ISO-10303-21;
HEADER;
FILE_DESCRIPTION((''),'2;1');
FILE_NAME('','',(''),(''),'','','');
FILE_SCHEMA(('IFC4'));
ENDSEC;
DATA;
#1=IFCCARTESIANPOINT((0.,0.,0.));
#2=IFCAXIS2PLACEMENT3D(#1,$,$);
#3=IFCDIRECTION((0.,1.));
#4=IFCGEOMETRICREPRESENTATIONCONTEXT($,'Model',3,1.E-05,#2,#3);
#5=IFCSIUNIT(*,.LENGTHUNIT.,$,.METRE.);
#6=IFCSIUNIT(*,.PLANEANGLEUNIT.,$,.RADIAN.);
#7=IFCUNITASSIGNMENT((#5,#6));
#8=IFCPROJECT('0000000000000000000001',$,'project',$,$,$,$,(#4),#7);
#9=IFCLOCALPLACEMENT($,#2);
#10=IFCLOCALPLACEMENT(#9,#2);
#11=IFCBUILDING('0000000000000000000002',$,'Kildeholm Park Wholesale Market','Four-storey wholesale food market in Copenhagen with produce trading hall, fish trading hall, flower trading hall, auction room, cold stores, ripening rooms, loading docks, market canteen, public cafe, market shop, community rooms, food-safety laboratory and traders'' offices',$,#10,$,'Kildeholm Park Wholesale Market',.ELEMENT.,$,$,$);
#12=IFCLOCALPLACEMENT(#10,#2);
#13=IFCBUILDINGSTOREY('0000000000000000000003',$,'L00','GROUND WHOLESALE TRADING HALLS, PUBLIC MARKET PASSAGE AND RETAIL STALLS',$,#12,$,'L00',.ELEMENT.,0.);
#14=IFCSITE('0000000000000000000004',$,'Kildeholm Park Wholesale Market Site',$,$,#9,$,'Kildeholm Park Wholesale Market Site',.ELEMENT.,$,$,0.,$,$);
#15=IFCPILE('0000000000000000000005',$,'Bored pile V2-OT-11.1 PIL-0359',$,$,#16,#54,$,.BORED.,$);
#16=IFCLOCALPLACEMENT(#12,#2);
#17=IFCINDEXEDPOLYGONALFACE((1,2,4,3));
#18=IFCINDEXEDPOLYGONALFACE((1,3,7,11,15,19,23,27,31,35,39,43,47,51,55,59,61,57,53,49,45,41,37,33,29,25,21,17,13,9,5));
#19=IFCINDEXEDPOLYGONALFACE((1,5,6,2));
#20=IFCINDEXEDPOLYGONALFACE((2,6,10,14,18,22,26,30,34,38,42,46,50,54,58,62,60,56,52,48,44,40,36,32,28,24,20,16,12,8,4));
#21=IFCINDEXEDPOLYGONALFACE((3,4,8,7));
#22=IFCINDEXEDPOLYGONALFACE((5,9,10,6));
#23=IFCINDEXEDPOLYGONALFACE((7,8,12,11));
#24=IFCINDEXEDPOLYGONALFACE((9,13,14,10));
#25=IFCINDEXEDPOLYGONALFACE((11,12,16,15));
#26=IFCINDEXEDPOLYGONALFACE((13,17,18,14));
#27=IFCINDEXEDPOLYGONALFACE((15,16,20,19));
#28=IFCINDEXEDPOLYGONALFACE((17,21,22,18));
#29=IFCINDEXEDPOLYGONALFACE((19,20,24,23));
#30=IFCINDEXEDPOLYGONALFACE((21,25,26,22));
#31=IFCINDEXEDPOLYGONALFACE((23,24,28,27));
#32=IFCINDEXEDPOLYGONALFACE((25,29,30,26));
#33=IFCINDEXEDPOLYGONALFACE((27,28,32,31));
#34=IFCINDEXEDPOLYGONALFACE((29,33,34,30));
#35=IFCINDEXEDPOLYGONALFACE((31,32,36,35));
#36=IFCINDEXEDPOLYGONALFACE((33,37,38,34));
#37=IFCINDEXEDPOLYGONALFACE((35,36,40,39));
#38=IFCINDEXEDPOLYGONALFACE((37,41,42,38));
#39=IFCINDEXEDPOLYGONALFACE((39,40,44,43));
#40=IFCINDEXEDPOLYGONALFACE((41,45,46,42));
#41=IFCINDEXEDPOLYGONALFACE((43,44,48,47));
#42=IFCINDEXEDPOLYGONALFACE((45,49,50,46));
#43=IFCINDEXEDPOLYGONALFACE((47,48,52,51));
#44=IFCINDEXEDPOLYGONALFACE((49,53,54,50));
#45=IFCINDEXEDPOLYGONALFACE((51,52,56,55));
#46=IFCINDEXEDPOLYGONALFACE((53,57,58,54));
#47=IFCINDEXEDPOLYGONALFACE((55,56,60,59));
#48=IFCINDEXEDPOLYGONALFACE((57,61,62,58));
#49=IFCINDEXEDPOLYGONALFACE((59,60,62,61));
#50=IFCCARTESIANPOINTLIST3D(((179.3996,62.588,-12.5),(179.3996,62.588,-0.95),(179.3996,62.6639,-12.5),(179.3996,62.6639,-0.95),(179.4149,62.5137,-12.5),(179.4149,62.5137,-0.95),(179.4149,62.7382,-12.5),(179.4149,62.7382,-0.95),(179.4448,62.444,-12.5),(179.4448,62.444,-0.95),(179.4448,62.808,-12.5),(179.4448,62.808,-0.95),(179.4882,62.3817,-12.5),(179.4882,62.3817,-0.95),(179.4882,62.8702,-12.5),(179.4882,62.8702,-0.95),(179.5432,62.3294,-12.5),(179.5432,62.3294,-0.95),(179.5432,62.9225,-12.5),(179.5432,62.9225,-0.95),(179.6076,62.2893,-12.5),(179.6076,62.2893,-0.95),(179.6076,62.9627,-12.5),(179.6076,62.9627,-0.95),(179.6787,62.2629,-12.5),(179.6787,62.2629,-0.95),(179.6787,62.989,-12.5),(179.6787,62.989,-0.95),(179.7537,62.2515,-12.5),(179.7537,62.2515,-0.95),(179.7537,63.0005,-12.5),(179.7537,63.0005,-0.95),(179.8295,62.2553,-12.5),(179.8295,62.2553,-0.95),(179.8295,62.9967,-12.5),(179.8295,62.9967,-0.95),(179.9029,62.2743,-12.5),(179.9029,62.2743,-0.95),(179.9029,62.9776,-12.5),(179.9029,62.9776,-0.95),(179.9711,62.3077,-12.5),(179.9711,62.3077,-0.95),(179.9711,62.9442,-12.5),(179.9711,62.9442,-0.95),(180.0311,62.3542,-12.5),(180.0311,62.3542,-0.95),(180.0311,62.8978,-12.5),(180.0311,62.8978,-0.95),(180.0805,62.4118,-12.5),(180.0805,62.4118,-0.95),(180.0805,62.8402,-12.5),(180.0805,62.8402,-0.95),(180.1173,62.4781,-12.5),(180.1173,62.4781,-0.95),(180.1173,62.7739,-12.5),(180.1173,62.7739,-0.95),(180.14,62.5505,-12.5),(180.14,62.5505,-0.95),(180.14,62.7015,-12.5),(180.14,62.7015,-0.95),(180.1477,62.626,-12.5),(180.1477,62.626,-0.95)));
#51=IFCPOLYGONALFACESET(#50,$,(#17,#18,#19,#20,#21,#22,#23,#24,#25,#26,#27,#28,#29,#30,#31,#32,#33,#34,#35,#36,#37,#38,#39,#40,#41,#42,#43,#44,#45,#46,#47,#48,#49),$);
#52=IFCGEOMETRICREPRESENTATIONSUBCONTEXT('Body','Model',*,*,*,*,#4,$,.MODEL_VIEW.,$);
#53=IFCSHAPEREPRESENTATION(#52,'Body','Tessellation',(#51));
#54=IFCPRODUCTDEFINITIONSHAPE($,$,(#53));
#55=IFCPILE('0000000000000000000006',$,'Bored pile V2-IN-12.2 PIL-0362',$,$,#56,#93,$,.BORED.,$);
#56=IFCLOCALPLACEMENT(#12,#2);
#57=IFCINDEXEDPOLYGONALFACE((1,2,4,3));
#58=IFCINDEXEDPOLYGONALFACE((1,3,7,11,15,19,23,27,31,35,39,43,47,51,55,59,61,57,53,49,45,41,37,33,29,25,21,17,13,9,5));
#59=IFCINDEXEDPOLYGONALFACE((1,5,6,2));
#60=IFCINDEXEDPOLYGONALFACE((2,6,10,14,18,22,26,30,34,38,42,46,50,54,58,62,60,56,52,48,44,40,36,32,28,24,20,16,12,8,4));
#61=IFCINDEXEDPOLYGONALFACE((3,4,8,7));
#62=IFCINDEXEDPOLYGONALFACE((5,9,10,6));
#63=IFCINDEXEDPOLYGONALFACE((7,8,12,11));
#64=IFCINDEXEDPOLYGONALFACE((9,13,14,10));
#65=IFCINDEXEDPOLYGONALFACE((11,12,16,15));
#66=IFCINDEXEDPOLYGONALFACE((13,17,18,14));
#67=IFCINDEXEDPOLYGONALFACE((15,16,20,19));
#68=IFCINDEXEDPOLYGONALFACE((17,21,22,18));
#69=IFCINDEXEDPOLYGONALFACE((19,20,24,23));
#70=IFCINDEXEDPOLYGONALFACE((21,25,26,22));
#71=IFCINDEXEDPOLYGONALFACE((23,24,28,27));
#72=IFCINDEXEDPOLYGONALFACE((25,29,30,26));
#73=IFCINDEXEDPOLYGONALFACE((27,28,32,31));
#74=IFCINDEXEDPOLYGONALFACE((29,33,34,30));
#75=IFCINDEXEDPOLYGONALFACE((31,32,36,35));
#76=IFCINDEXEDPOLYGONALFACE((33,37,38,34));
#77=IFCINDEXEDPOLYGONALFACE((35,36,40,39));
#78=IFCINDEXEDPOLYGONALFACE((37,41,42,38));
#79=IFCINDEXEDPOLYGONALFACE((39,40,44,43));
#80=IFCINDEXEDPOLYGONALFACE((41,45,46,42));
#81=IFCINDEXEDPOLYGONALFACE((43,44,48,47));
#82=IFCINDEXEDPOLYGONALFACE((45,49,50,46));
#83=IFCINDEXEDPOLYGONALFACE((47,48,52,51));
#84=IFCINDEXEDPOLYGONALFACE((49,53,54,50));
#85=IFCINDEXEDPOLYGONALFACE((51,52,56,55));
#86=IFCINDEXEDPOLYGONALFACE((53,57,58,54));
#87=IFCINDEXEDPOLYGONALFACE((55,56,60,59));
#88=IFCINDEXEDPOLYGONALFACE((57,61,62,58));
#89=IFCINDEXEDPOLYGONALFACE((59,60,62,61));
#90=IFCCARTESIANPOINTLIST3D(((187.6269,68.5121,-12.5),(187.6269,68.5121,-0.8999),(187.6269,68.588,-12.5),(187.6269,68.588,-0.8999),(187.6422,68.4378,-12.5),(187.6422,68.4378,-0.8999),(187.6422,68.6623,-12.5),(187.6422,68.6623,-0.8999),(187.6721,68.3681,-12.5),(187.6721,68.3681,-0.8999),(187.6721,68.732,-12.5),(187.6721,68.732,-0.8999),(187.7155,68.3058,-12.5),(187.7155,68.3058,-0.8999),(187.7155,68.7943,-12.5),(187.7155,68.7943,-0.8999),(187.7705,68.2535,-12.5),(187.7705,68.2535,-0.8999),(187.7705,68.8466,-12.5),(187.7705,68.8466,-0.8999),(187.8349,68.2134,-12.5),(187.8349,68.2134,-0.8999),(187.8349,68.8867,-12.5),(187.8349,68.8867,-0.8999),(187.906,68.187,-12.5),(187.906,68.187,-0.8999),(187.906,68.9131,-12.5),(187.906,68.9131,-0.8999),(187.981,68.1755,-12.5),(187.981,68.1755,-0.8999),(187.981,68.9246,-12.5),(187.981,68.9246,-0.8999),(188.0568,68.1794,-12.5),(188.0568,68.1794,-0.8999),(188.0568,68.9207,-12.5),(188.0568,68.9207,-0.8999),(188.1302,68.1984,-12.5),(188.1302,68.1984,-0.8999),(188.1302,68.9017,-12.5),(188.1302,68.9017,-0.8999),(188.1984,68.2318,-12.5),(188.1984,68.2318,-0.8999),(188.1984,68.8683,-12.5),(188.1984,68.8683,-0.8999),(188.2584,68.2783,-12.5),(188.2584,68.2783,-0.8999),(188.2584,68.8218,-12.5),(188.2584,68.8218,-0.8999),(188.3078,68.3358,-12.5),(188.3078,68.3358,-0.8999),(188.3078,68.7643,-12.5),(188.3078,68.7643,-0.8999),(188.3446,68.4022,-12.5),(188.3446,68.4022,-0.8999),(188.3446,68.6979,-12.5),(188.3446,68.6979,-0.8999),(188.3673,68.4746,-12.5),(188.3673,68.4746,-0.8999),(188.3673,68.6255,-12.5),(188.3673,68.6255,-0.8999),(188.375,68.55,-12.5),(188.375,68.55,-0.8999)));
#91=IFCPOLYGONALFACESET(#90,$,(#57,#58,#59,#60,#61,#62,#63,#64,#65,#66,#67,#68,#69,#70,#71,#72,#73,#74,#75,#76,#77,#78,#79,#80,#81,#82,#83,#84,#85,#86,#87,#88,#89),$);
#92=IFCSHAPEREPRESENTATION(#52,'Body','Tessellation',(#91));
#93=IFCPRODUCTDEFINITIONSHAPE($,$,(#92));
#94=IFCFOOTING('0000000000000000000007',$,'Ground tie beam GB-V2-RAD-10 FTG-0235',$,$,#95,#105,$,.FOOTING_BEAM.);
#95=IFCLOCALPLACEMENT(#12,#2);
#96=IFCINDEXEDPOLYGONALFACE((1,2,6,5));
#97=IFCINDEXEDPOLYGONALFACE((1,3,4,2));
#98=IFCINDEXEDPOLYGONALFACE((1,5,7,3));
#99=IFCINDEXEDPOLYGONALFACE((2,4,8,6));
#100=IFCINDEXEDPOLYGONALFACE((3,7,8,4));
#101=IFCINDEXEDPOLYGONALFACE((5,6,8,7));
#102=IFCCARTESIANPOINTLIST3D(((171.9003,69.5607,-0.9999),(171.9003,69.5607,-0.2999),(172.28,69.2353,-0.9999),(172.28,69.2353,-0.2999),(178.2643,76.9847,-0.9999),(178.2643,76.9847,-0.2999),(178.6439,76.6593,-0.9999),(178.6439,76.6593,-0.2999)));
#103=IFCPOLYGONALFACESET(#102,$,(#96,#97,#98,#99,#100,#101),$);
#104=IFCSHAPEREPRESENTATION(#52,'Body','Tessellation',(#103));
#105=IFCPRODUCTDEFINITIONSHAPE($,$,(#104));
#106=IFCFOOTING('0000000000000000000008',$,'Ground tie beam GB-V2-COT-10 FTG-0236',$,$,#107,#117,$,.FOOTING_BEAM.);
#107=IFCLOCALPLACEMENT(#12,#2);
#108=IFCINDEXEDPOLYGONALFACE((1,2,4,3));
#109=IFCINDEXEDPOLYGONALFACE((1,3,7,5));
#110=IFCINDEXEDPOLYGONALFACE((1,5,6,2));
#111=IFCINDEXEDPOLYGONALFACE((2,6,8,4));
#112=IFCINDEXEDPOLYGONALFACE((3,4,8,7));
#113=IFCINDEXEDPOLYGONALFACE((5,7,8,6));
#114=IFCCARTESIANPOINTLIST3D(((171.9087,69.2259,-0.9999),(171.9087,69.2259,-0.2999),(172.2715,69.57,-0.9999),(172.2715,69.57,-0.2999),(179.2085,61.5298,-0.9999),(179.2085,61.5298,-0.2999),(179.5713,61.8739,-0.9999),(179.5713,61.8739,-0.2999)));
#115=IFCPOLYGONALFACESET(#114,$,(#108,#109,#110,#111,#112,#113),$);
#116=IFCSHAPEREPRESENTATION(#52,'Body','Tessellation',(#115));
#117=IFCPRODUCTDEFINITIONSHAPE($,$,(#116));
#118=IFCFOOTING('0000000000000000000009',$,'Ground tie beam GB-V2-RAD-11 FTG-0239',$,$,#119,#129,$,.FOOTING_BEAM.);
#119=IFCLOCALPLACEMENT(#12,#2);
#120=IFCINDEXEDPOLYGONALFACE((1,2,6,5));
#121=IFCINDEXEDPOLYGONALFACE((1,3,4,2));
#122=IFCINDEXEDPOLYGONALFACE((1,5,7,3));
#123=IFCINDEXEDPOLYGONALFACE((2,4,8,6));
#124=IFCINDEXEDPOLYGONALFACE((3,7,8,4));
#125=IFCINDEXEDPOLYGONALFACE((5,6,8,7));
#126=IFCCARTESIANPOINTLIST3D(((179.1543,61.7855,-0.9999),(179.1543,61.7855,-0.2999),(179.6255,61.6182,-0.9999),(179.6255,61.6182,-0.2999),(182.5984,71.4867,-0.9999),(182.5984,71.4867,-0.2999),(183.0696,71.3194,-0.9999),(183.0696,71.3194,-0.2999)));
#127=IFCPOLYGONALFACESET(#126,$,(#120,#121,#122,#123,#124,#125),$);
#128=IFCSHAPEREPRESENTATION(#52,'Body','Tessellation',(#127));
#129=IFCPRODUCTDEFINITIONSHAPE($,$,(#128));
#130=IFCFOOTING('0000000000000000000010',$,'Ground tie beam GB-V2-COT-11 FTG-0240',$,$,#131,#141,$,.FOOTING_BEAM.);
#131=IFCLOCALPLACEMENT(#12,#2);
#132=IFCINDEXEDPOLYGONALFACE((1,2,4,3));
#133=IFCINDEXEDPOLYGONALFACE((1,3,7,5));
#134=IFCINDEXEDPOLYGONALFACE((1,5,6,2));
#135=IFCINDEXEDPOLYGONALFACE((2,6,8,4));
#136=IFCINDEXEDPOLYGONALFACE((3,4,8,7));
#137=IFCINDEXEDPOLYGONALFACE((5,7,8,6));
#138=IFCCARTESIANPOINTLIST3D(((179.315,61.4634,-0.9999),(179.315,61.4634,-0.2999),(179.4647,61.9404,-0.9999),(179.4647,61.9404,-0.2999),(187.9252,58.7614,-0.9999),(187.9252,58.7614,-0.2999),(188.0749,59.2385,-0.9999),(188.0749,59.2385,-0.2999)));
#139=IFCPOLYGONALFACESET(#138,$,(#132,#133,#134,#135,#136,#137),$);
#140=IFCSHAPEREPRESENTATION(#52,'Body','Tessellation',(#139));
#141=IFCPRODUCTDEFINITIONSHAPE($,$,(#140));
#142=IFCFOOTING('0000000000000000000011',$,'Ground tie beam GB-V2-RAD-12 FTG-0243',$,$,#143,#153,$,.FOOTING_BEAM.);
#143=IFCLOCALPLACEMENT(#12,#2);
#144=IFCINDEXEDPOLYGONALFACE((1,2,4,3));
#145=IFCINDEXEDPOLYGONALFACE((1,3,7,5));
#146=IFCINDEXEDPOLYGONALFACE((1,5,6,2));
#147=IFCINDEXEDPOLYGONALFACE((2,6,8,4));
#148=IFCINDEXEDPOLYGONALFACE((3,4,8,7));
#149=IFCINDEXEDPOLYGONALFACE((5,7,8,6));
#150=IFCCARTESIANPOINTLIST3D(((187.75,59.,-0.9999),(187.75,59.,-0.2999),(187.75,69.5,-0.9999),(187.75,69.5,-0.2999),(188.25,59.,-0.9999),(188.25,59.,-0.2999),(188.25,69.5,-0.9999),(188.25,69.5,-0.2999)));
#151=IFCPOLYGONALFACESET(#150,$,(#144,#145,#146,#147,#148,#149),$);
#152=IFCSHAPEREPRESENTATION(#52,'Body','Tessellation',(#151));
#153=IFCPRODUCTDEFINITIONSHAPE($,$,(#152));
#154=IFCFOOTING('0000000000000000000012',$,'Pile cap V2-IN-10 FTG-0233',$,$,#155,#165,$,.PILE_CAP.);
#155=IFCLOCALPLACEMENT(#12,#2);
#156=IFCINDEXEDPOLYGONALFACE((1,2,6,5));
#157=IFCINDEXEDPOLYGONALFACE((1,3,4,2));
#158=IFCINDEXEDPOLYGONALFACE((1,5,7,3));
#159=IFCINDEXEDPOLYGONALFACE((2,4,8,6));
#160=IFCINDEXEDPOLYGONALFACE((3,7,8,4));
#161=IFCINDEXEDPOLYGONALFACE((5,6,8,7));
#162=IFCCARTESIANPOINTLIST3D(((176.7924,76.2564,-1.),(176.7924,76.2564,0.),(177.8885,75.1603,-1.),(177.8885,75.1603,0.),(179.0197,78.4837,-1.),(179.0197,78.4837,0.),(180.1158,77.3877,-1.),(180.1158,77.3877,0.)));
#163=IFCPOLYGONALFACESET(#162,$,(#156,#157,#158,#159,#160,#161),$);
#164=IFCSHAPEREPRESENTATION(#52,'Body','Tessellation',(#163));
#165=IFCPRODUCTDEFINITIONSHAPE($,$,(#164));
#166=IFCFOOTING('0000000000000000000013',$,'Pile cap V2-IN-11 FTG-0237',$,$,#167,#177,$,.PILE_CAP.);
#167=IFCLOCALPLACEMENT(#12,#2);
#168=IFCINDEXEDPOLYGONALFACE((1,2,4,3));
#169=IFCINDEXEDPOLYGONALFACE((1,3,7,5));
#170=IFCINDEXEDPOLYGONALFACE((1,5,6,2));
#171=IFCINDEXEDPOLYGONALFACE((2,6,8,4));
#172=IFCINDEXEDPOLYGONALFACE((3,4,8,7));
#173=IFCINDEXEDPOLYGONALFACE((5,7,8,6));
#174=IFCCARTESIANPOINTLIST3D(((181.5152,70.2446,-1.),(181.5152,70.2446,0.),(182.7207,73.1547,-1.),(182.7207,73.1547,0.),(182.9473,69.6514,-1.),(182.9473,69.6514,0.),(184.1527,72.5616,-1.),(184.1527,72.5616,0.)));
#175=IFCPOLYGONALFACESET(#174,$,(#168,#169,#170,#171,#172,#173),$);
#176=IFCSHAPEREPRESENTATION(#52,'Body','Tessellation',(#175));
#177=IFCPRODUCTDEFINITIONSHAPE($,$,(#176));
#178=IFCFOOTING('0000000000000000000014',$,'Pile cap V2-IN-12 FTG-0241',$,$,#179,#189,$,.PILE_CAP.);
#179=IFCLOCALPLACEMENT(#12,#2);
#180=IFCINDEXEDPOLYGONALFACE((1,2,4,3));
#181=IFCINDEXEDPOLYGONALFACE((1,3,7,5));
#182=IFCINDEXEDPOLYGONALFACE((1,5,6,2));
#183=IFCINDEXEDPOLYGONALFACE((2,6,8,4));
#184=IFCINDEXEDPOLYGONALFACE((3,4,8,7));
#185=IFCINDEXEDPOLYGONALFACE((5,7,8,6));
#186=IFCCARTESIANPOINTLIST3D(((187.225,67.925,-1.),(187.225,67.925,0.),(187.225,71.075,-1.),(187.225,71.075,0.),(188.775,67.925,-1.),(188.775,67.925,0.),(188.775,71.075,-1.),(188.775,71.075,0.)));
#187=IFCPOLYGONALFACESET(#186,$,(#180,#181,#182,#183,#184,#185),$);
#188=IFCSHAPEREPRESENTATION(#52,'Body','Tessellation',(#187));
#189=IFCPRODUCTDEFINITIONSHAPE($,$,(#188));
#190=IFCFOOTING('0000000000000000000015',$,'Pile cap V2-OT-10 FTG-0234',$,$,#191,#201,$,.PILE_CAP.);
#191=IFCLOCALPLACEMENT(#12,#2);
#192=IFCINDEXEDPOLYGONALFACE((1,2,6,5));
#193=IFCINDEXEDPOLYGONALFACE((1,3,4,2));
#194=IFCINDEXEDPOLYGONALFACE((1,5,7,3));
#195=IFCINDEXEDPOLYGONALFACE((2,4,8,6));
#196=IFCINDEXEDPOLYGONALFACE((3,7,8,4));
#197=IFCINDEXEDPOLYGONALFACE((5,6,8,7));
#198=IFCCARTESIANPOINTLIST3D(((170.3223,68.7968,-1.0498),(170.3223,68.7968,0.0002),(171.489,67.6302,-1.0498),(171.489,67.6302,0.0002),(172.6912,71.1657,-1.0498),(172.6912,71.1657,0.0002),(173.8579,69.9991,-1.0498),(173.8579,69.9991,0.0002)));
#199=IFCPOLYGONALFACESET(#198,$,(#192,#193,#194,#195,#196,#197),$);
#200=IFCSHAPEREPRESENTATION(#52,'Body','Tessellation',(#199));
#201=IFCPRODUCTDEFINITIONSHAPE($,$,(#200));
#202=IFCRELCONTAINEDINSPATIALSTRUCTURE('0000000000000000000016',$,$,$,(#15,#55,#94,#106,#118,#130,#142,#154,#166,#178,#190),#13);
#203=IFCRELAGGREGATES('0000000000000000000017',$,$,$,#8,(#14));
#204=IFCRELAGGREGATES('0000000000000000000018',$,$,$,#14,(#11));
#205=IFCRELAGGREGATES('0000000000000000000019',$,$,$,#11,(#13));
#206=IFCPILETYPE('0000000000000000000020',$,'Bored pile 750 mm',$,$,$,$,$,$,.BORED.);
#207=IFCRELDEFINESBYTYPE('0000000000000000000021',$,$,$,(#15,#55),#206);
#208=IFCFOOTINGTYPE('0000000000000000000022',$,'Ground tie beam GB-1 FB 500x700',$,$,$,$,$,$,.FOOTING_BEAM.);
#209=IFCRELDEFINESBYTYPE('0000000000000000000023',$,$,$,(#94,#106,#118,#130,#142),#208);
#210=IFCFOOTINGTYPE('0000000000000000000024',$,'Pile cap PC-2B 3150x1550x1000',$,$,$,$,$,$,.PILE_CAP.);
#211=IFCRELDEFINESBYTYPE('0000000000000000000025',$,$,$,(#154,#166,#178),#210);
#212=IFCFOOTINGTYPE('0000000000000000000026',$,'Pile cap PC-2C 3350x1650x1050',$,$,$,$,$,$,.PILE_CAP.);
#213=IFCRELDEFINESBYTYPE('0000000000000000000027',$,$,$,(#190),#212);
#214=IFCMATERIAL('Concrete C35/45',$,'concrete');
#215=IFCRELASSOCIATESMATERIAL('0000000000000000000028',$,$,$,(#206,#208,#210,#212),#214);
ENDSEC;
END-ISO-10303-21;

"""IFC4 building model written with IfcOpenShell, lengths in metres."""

from ifc_helpers import new_model, si_unit, direction, frame, origin, origin_2d, place, context, subcontext, project, spatial, rectangle, circle, extrude, material, material_profile, profile_set, type_object, element, save


model = new_model("IFC4")

# Units and contexts
model_context = context("Model", 3, precision=1e-05, world=origin(), true_north=direction((0.0, 1.0)))
body_context = subcontext(model_context, "Body", "Model", "MODEL_VIEW")
ifc_project = project(units=[si_unit("LENGTHUNIT", "METRE"), si_unit("PLANEANGLEUNIT", "RADIAN")], contexts=[model_context])

# Site, building, storey
site_placement = place(None, origin())
site = spatial("IfcSite", under=ifc_project, at=site_placement, Name="Kildeholm Park Wholesale Market Site", LongName="Kildeholm Park Wholesale Market Site", CompositionType="ELEMENT", RefElevation=0.0)
building_placement = place(site_placement, origin())
building = spatial("IfcBuilding", under=site, at=building_placement, Name="Kildeholm Park Wholesale Market", Description="Four-storey wholesale food market in Copenhagen with produce trading hall, fish trading hall, flower trading hall, auction room, cold stores, ripening rooms, loading docks, market canteen, public cafe, market shop, community rooms, food-safety laboratory and traders' offices", LongName="Kildeholm Park Wholesale Market", CompositionType="ELEMENT")
storey_placement = place(building_placement, origin())
storey = spatial("IfcBuildingStorey", under=building, at=storey_placement, Name="L00", Description="GROUND WHOLESALE TRADING HALLS, PUBLIC MARKET PASSAGE AND RETAIL STALLS", LongName="L00", CompositionType="ELEMENT", Elevation=0.0)

# Piles
ifc_material_1 = material(Name="Concrete C35/45", Category="concrete")
ifc_material_profile_1 = material_profile(ifc_material_1, circle(Radius=0.375, at=origin_2d()), Name="PILE D750")
ifc_profile_set_1 = profile_set([ifc_material_profile_1], Name="Concrete C35/45")
pile_type = type_object("IfcPileType", Name="Bored pile 750 mm", PredefinedType="BORED", material=ifc_profile_set_1)
pile_1_placement = place(storey_placement, frame((179.7727, 62.626, -0.95), z_axis=(0.0, 0.0, -1.0), x_axis=(1.0, 0.0, 0.0)))
element("IfcPile", 1, at=pile_1_placement, inside=storey, type_object=pile_type, Name="Bored pile V2-OT-11.1 PIL-0359", PredefinedType="BORED", context=body_context, shape_type="SweptSolid", body=[
    extrude(circle(Radius=0.375, at=origin_2d()), origin(), (0.0, 0.0, 1.0), 11.55),
])
pile_2_placement = place(storey_placement, frame((188.0, 68.55, -0.8999), z_axis=(0.0, 0.0, -1.0), x_axis=(1.0, 0.0, 0.0)))
element("IfcPile", 2, at=pile_2_placement, inside=storey, type_object=pile_type, Name="Bored pile V2-IN-12.2 PIL-0362", PredefinedType="BORED", context=body_context, shape_type="SweptSolid", body=[
    extrude(circle(Radius=0.375, at=origin_2d()), origin(), (0.0, 0.0, 1.0), 11.6001),
])

# Footings
ifc_material_profile_2 = material_profile(ifc_material_1, rectangle(XDim=0.5, YDim=0.7, at=origin_2d()), Name="FB 500x700")
ifc_profile_set_2 = profile_set([ifc_material_profile_2], Name="Concrete C35/45")
footing_type_1 = type_object("IfcFootingType", Name="Ground tie beam GB-1 FB 500x700", PredefinedType="FOOTING_BEAM", material=ifc_profile_set_2)
footing_1_placement = place(storey_placement, frame((178.4541, 76.822, -0.6499), z_axis=(-0.650822, -0.75923, 0.0), x_axis=(0.75923, -0.650822, 0.0)))
element("IfcFooting", 3, at=footing_1_placement, inside=storey, type_object=footing_type_1, Name="Ground tie beam GB-V2-RAD-10 FTG-0235", PredefinedType="FOOTING_BEAM", context=body_context, shape_type="SweptSolid", body=[
    extrude(rectangle(XDim=0.5, YDim=0.7, at=origin_2d()), origin(), (0.0, 0.0, 1.0), 9.7783),
])
footing_2_placement = place(storey_placement, frame((172.0901, 69.3979, -0.6499), z_axis=(0.688182, -0.725538, 0.0), x_axis=(0.725538, 0.688182, 0.0)))
element("IfcFooting", 4, at=footing_2_placement, inside=storey, type_object=footing_type_1, Name="Ground tie beam GB-V2-COT-10 FTG-0236", PredefinedType="FOOTING_BEAM", context=body_context, shape_type="SweptSolid", body=[
    extrude(rectangle(XDim=0.5, YDim=0.7, at=origin_2d()), origin(), (0.0, 0.0, 1.0), 10.6074),
])
footing_3_placement = place(storey_placement, frame((182.834, 71.4031, -0.6499), z_axis=(-0.33456, -0.942374, 0.0), x_axis=(0.942374, -0.33456, 0.0)))
element("IfcFooting", 5, at=footing_3_placement, inside=storey, type_object=footing_type_1, Name="Ground tie beam GB-V2-RAD-11 FTG-0239", PredefinedType="FOOTING_BEAM", context=body_context, shape_type="SweptSolid", body=[
    extrude(rectangle(XDim=0.5, YDim=0.7, at=origin_2d()), origin(), (0.0, 0.0, 1.0), 10.2944),
])
footing_4_placement = place(storey_placement, frame((179.3899, 61.7019, -0.6499), z_axis=(0.954125, -0.29941, 0.0), x_axis=(0.29941, 0.954125, 0.0)))
element("IfcFooting", 6, at=footing_4_placement, inside=storey, type_object=footing_type_1, Name="Ground tie beam GB-V2-COT-11 FTG-0240", PredefinedType="FOOTING_BEAM", context=body_context, shape_type="SweptSolid", body=[
    extrude(rectangle(XDim=0.5, YDim=0.7, at=origin_2d()), origin(), (0.0, 0.0, 1.0), 9.0242),
])
footing_5_placement = place(storey_placement, frame((188.0, 69.5, -0.6499), z_axis=(0.0, -1.0, 0.0), x_axis=(1.0, 0.0, 0.0)))
element("IfcFooting", 7, at=footing_5_placement, inside=storey, type_object=footing_type_1, Name="Ground tie beam GB-V2-RAD-12 FTG-0243", PredefinedType="FOOTING_BEAM", context=body_context, shape_type="SweptSolid", body=[
    extrude(rectangle(XDim=0.5, YDim=0.7, at=origin_2d()), origin(), (0.0, 0.0, 1.0), 10.5),
])
footing_type_2 = type_object("IfcFootingType", Name="Pile cap PC-2B 3150x1550x1000", PredefinedType="PILE_CAP", material=ifc_material_1)
for number, where, z_axis, x_axis, name in (
    (8, (178.4541, 76.822, -1.0), (0.0, 0.0, 1.0), (-0.707107, -0.707107, 0.0), "Pile cap V2-IN-10 FTG-0233"),
    (9, (182.834, 71.4031, -1.0), (0.0, 0.0, 1.0), (-0.382683, -0.92388, 0.0), "Pile cap V2-IN-11 FTG-0237"),
    (10, (188.0, 69.5, -1.0), (0.0, 0.0, 1.0), (0.0, -1.0, 0.0), "Pile cap V2-IN-12 FTG-0241"),
):
    element("IfcFooting", number, at=place(storey_placement, frame(where, z_axis=z_axis, x_axis=x_axis)), inside=storey, type_object=footing_type_2, Name=name, PredefinedType="PILE_CAP", context=body_context, shape_type="SweptSolid", body=[
        extrude(rectangle(XDim=3.1499, YDim=1.55, at=origin_2d()), origin(), (0.0, 0.0, 1.0), 1.0),
    ])
footing_type_3 = type_object("IfcFootingType", Name="Pile cap PC-2C 3350x1650x1050", PredefinedType="PILE_CAP", material=ifc_material_1)
footing_6_placement = place(storey_placement, frame((172.0901, 69.3979, -1.0498), z_axis=(0.0, 0.0, 1.0), x_axis=(-0.707107, -0.707107, 0.0)))
element("IfcFooting", 11, at=footing_6_placement, inside=storey, type_object=footing_type_3, Name="Pile cap V2-OT-10 FTG-0234", PredefinedType="PILE_CAP", context=body_context, shape_type="SweptSolid", body=[
    extrude(rectangle(XDim=3.3501, YDim=1.6499, at=origin_2d()), origin(), (0.0, 0.0, 1.0), 1.05),
])

save(model, "model.ifc")
